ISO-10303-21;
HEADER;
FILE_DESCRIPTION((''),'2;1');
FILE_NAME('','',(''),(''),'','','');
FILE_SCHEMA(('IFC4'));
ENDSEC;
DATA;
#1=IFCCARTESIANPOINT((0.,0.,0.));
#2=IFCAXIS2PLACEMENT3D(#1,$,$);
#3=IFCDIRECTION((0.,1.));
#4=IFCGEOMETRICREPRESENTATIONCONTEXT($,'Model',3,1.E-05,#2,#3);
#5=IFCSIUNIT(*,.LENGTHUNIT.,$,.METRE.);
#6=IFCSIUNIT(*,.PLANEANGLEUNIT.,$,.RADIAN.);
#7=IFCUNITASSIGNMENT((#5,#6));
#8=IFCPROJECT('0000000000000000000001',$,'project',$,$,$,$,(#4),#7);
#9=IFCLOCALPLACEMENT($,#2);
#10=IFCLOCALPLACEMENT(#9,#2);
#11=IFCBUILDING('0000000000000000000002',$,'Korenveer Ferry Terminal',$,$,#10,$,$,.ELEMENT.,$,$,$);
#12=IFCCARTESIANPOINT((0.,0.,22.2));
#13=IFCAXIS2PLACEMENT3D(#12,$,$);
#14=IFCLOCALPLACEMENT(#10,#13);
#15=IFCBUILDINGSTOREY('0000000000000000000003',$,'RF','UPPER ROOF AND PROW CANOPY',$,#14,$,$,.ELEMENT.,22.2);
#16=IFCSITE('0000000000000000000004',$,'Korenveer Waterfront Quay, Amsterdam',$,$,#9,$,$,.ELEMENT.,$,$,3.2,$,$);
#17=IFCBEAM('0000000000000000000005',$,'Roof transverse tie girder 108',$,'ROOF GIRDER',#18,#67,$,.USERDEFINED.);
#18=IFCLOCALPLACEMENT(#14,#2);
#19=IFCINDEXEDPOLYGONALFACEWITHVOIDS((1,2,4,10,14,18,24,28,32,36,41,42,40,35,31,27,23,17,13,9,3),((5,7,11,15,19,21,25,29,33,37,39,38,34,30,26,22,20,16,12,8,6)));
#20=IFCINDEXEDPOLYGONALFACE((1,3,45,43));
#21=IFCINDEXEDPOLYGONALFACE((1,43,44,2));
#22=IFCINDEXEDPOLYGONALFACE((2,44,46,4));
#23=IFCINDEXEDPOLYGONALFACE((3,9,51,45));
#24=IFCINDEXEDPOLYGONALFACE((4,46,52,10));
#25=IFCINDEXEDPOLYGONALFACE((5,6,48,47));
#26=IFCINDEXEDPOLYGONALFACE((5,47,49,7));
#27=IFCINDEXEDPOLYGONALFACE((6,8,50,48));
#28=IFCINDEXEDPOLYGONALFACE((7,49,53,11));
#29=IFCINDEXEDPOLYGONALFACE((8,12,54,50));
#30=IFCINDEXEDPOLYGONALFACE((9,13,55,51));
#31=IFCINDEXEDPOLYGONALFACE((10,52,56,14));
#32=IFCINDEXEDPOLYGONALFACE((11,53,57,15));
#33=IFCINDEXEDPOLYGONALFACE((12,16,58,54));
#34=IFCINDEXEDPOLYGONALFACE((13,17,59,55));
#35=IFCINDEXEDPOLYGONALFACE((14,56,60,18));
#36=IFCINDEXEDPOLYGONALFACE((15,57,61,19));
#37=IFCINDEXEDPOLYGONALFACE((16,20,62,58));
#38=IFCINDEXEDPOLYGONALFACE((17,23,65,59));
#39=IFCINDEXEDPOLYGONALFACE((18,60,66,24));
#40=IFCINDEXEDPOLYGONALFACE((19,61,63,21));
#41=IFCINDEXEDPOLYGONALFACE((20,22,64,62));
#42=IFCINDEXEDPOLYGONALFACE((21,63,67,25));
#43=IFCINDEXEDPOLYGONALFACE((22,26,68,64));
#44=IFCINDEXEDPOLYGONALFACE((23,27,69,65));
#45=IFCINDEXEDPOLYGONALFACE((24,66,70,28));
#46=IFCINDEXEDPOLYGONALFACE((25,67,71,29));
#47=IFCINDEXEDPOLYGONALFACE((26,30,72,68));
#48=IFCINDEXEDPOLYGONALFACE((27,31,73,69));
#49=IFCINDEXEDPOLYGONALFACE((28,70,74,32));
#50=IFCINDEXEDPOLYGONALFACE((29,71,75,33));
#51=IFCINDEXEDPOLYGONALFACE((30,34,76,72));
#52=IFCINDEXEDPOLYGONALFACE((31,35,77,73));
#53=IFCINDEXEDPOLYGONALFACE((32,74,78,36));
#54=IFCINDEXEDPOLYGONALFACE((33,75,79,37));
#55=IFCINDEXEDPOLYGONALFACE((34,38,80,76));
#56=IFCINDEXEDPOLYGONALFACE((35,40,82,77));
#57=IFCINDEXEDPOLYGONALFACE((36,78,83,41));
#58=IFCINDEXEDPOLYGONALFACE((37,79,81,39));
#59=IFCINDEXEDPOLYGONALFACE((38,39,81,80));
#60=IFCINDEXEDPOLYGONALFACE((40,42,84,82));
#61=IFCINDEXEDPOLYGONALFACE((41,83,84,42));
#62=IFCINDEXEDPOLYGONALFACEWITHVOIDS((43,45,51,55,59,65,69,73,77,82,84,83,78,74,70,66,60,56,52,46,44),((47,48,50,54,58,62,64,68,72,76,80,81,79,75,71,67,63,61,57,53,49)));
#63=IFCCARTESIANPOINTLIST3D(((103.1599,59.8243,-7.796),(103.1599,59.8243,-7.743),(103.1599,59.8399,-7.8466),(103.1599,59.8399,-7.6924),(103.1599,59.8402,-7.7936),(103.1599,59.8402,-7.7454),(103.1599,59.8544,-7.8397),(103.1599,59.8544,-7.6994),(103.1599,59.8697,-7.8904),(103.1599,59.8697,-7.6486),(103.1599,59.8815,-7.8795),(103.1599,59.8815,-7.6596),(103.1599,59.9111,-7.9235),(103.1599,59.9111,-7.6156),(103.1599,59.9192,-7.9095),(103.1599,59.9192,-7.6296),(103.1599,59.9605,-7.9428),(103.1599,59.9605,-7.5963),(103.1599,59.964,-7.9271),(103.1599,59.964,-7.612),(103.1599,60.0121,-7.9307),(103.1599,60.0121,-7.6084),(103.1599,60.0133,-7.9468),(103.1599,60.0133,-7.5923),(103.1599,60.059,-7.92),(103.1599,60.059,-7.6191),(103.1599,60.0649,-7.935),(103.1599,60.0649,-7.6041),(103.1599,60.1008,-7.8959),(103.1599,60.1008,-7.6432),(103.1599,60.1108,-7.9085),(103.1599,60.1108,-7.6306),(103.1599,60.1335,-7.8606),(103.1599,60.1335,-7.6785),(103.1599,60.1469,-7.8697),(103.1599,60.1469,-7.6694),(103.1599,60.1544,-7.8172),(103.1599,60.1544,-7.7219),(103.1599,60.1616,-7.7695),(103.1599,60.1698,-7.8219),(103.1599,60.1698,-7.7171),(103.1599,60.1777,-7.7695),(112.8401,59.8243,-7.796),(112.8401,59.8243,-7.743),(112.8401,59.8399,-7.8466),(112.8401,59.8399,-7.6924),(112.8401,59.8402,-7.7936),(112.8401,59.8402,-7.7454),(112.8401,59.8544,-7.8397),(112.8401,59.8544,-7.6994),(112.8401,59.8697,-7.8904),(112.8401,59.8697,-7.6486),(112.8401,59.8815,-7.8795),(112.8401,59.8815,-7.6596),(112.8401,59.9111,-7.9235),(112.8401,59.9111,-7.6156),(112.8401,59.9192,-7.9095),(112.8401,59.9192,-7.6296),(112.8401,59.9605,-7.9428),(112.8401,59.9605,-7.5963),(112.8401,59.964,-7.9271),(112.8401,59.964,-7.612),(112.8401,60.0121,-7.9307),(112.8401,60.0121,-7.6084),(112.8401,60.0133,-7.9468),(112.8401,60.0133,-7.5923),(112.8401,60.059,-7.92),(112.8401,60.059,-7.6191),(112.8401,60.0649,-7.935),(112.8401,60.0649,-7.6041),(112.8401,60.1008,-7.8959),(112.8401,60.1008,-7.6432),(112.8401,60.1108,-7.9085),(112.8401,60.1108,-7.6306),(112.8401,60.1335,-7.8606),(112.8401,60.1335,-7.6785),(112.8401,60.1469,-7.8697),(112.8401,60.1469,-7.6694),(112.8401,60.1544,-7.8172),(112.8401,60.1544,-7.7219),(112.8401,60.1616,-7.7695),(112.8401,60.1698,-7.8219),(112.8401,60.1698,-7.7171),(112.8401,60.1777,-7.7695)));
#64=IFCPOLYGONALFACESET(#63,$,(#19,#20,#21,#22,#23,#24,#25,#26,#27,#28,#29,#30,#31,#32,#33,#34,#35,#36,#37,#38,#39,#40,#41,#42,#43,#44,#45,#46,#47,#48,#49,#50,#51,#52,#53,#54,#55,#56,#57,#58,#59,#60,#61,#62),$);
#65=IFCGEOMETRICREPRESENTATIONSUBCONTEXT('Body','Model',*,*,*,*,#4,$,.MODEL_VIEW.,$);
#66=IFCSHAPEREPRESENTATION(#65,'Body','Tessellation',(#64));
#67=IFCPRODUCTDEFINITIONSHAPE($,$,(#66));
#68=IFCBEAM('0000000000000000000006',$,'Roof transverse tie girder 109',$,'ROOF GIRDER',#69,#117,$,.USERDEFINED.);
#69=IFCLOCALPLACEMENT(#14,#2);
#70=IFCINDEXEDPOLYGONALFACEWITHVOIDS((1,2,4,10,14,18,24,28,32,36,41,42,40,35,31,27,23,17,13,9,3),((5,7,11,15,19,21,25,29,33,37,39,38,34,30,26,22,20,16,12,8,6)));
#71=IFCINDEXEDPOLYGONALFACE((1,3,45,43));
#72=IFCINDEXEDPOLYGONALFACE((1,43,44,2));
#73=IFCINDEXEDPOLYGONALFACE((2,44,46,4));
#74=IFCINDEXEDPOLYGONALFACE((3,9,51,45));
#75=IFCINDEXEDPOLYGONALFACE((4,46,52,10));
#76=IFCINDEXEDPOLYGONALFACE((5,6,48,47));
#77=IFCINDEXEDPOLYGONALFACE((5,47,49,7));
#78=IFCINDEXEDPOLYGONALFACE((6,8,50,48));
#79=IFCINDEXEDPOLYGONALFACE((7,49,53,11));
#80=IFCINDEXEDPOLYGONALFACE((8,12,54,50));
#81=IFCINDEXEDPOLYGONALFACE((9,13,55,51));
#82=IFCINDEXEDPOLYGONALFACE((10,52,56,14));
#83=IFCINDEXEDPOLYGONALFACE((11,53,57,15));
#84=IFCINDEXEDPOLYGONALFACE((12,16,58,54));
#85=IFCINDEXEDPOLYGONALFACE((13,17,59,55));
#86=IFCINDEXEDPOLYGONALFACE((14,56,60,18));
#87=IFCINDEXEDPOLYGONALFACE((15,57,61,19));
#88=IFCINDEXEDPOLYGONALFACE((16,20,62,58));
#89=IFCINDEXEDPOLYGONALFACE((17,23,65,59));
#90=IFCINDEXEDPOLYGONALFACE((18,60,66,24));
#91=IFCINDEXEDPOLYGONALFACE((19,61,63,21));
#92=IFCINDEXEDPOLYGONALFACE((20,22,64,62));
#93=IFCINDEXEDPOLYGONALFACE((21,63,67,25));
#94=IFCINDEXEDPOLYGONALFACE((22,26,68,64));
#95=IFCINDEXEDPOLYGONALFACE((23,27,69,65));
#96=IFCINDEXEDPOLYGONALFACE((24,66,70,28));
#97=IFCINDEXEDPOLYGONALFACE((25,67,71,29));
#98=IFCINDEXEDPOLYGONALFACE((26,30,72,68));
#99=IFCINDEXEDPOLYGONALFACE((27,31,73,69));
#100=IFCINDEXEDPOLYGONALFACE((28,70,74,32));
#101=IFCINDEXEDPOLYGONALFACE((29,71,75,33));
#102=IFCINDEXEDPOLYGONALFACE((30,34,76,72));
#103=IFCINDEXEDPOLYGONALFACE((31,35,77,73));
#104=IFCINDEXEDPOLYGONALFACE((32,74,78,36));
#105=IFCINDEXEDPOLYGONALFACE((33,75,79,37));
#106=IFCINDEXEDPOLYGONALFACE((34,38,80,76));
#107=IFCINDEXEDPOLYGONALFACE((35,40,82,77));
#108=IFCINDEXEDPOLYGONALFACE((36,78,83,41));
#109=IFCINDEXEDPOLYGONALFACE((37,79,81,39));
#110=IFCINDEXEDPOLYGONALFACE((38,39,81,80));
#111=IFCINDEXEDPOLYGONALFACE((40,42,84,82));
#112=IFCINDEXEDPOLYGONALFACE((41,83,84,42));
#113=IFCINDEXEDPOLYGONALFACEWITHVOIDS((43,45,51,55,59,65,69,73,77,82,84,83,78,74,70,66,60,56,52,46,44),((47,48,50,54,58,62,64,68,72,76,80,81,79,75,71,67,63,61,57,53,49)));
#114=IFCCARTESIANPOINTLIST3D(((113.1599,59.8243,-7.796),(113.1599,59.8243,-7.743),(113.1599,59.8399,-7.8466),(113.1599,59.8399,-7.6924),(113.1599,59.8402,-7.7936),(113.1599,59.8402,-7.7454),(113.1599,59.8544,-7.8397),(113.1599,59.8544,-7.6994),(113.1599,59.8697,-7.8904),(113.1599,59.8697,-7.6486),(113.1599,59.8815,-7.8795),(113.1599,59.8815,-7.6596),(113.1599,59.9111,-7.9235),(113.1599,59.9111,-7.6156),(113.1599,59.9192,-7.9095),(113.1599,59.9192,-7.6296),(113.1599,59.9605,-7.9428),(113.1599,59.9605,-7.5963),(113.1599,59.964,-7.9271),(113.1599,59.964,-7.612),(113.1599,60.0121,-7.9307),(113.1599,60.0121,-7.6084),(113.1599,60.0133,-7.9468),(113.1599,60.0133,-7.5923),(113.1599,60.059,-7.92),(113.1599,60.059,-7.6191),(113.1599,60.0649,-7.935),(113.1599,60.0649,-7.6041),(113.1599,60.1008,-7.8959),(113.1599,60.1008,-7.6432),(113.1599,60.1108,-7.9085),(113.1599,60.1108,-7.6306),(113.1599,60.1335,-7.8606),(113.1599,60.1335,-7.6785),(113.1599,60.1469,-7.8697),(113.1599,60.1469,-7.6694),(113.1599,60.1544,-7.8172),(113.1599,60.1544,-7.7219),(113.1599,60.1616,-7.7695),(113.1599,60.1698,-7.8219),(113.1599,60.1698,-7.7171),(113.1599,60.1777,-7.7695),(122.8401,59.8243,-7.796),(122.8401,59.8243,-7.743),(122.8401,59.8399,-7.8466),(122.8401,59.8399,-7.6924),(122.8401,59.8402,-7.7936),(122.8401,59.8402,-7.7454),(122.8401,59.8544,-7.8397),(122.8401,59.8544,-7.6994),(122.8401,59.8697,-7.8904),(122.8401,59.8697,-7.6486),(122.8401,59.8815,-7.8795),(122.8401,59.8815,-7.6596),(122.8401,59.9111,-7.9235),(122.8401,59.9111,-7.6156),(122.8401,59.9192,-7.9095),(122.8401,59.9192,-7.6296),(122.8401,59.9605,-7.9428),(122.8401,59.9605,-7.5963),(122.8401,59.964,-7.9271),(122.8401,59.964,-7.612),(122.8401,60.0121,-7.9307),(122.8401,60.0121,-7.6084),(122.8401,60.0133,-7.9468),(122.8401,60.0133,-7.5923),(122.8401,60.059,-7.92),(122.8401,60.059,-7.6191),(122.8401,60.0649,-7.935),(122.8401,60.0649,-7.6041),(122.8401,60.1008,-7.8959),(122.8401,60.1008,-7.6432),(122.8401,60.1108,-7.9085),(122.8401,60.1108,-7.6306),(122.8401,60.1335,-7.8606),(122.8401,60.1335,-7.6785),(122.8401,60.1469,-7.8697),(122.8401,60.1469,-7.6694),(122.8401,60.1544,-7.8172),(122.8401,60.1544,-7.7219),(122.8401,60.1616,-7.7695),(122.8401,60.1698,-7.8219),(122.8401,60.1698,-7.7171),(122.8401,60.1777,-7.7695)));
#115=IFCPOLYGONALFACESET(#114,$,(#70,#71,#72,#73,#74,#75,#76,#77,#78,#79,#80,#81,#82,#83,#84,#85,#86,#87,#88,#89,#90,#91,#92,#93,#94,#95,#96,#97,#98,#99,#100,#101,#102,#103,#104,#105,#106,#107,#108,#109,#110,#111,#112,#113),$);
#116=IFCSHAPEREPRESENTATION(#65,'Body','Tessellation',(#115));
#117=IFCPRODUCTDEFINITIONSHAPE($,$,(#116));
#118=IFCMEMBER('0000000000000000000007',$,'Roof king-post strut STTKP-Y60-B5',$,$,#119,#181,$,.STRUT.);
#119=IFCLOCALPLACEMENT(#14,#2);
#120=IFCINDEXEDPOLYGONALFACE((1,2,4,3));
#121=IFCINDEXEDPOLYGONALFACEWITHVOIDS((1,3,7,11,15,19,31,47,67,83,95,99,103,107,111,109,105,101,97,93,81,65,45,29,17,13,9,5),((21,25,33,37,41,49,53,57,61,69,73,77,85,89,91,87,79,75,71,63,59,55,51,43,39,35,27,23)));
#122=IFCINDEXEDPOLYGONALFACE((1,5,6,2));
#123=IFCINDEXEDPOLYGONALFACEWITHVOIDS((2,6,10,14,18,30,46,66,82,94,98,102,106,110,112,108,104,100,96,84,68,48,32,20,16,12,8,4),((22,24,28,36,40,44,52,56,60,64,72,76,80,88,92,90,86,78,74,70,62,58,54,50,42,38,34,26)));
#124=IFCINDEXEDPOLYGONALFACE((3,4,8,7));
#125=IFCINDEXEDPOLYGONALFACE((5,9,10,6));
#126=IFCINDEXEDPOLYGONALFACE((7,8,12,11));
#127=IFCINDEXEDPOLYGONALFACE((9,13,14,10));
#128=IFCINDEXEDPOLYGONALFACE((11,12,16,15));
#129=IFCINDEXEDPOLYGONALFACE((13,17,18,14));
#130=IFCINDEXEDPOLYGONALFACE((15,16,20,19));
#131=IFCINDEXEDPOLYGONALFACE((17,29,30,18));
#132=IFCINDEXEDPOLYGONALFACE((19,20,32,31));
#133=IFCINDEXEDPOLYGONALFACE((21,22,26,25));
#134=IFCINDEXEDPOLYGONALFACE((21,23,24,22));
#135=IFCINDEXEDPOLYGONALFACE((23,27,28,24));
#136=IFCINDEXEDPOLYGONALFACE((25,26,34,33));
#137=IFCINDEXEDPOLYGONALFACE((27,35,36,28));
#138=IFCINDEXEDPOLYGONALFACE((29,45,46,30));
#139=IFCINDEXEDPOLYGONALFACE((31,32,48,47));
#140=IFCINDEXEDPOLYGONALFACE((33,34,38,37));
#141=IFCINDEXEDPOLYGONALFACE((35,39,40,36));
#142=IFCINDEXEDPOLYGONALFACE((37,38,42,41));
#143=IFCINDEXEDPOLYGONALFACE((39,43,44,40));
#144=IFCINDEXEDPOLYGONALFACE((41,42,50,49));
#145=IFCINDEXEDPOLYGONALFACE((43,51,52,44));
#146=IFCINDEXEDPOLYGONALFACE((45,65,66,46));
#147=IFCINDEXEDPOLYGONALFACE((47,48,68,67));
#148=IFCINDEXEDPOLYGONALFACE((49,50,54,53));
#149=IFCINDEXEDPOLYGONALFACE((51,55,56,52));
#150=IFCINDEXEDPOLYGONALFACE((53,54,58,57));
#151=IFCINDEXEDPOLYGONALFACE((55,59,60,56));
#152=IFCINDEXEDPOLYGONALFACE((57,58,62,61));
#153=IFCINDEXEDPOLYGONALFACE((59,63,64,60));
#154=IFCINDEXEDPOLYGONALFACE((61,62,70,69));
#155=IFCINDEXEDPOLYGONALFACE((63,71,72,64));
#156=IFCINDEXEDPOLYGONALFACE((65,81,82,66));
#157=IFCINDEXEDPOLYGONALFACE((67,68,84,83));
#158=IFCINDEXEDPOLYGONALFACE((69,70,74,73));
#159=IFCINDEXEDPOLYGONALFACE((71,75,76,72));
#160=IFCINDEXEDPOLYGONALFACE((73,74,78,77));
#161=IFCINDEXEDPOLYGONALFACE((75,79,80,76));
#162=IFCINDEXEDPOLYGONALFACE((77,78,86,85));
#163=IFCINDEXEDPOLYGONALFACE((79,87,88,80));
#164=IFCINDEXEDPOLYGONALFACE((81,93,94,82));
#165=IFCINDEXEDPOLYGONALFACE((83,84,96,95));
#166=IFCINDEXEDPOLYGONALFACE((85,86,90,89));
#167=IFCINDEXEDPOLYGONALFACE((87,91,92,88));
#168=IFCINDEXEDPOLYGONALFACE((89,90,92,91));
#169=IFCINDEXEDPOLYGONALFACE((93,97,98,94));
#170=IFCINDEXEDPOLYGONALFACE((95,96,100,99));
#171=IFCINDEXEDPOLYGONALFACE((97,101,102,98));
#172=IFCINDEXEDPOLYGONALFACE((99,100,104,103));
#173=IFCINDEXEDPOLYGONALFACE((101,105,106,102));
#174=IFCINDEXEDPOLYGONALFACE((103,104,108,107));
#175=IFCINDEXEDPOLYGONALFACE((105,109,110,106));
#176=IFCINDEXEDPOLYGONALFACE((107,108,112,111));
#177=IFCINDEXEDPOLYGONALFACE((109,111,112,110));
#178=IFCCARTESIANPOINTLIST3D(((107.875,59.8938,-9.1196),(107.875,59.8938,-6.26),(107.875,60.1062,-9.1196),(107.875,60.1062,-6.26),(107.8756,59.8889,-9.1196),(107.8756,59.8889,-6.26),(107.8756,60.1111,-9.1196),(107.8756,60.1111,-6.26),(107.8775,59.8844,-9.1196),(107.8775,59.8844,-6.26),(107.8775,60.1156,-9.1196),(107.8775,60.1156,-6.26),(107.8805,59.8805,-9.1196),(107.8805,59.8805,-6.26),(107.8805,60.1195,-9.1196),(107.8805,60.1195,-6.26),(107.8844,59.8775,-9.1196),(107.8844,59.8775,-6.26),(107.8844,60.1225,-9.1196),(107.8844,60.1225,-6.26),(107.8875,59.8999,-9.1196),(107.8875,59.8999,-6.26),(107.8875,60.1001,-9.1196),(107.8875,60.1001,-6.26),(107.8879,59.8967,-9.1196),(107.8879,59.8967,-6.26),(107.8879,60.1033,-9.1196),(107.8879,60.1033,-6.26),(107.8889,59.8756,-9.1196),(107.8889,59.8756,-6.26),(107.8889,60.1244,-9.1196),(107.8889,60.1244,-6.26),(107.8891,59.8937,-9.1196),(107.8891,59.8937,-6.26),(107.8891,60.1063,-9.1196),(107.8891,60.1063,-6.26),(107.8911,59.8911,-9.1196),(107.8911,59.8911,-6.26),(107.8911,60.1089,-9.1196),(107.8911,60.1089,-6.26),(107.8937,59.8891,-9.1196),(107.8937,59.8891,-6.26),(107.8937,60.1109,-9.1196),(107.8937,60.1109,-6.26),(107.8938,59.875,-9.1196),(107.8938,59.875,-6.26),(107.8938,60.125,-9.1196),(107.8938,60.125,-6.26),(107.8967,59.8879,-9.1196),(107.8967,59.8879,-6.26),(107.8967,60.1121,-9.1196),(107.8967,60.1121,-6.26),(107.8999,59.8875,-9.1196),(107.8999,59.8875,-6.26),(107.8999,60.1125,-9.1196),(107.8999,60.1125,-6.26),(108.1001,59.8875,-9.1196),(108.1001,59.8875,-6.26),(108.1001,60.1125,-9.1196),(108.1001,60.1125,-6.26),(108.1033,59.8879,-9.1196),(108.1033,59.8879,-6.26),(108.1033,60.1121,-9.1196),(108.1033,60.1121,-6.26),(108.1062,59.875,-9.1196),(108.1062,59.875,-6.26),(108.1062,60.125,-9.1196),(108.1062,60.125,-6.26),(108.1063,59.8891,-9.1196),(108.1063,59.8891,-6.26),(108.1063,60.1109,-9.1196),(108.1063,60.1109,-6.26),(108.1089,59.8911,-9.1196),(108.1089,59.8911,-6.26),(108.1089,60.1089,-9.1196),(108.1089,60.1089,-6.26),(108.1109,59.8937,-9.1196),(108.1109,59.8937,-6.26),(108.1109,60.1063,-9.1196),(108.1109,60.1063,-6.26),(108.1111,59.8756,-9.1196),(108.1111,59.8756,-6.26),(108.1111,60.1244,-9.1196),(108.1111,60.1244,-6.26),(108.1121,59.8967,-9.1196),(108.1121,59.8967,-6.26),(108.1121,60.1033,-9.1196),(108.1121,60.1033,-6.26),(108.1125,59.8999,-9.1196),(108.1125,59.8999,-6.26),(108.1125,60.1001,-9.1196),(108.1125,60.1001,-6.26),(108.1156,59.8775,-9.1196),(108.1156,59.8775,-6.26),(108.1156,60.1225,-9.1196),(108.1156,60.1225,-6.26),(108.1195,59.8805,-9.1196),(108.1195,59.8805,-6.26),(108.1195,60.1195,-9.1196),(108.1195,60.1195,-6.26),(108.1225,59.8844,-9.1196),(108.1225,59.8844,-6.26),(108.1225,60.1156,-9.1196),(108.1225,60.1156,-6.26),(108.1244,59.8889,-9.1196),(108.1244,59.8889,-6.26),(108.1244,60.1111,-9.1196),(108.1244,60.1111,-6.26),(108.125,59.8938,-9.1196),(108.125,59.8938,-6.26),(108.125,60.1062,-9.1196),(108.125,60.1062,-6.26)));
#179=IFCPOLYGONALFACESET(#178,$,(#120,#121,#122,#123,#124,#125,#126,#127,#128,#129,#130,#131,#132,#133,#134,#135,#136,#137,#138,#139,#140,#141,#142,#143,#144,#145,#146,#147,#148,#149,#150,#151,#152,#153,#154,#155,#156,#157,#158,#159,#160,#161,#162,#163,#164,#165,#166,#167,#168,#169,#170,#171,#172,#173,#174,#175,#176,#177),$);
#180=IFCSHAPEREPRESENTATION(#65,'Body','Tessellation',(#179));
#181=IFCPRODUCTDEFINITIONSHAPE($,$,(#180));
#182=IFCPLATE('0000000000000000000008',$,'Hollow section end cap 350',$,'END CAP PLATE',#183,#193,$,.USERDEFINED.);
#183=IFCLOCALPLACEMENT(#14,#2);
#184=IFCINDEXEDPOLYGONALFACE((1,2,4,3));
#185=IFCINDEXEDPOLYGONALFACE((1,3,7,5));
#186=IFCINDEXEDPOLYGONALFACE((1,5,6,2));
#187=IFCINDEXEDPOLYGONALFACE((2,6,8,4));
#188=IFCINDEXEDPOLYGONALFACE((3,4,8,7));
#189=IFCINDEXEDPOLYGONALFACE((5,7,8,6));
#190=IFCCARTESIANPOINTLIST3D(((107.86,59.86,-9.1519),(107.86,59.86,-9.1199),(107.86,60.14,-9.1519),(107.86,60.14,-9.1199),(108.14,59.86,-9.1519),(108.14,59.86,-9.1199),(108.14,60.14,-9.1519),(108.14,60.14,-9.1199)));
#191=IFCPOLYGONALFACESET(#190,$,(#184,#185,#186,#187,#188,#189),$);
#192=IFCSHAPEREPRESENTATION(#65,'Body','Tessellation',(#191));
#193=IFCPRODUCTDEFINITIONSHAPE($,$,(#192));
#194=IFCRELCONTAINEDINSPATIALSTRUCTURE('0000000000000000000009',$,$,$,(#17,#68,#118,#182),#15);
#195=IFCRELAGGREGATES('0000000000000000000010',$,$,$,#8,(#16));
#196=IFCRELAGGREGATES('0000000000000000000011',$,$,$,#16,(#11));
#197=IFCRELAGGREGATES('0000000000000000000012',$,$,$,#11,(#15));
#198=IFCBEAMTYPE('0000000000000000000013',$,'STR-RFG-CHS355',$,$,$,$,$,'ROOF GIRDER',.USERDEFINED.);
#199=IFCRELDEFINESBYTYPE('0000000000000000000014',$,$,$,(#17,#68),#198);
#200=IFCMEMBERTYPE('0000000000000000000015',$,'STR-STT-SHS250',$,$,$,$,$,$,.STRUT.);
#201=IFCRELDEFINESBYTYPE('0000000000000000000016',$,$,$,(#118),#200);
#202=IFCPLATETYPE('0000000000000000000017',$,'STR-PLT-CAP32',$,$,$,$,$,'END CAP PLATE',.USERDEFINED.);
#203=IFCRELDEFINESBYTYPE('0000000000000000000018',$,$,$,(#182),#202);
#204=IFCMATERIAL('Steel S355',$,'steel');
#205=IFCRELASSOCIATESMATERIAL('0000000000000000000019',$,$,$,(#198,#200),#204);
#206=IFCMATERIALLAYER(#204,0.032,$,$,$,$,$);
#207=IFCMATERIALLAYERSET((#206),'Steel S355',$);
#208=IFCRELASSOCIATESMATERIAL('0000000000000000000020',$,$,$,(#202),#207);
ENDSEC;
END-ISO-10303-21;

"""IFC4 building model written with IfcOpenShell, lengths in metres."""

from ifc_helpers import new_model, si_unit, direction, frame, origin, origin_2d, place, context, subcontext, project, spatial, rectangle, hollow_rectangle, hollow_circle, extrude, material, layer, layer_set, material_profile, profile_set, type_object, element, save


model = new_model("IFC4")

# Units and contexts
model_context = context("Model", 3, precision=1e-05, world=origin(), true_north=direction((0.0, 1.0)))
body_context = subcontext(model_context, "Body", "Model", "MODEL_VIEW")
ifc_project = project(units=[si_unit("LENGTHUNIT", "METRE"), si_unit("PLANEANGLEUNIT", "RADIAN")], contexts=[model_context])

# Site, building, storey
site_placement = place(None, origin())
site = spatial("IfcSite", under=ifc_project, at=site_placement, Name="Korenveer Waterfront Quay, Amsterdam", CompositionType="ELEMENT", RefElevation=3.2)
building_placement = place(site_placement, origin())
building = spatial("IfcBuilding", under=site, at=building_placement, Name="Korenveer Ferry Terminal", CompositionType="ELEMENT")
storey_placement = place(building_placement, frame((0.0, 0.0, 22.2)))
storey = spatial("IfcBuildingStorey", under=building, at=storey_placement, Name="RF", Description="UPPER ROOF AND PROW CANOPY", CompositionType="ELEMENT", Elevation=22.2)

# Shared definitions
ifc_material_1 = material(Name="Steel S355", Category="steel")

# Beams
ifc_material_profile_1 = material_profile(ifc_material_1, hollow_circle(Radius=0.1777, WallThickness=0.0161, at=origin_2d()), Name="CHS 355.6x16")
ifc_profile_set_1 = profile_set([ifc_material_profile_1], Name="Steel S355")
beam_type = type_object("IfcBeamType", Name="STR-RFG-CHS355", ElementType="ROOF GIRDER", PredefinedType="USERDEFINED", material=ifc_profile_set_1)
for number, where, z_axis, x_axis, name in (
    (1, (103.1599, 60.0, -7.7695), (1.0, 0.0, 0.0), (0.0, 1.0, 0.0), "Roof transverse tie girder 108"),
    (2, (113.1599, 60.0, -7.7695), (1.0, 0.0, 0.0), (0.0, 1.0, 0.0), "Roof transverse tie girder 109"),
):
    element("IfcBeam", number, at=place(storey_placement, frame(where, z_axis=z_axis, x_axis=x_axis)), inside=storey, type_object=beam_type, Name=name, ObjectType="ROOF GIRDER", PredefinedType="USERDEFINED", context=body_context, shape_type="SweptSolid", body=[
        extrude(hollow_circle(Radius=0.1777, WallThickness=0.0161, at=origin_2d()), origin(), (0.0, 0.0, 1.0), 9.6802),
    ])

# Member
ifc_material_profile_2 = material_profile(ifc_material_1, hollow_rectangle(XDim=0.25, YDim=0.25, WallThickness=0.0125, InnerFilletRadius=0.0125, OuterFilletRadius=0.0188, at=origin_2d()), Name="SHS 250x250x12.5")
ifc_profile_set_2 = profile_set([ifc_material_profile_2], Name="Steel S355")
member_type_1 = type_object("IfcMemberType", Name="STR-STT-SHS250", PredefinedType="STRUT", material=ifc_profile_set_2)
member_1_placement = place(storey_placement, frame((108.0, 60.0, -9.1196), z_axis=(0.0, 0.0, 1.0), x_axis=(1.0, 0.0, 0.0)))
element("IfcMember", 3, at=member_1_placement, inside=storey, type_object=member_type_1, Name="Roof king-post strut STTKP-Y60-B5", PredefinedType="STRUT", context=body_context, shape_type="SweptSolid", body=[
    extrude(hollow_rectangle(XDim=0.25, YDim=0.25, WallThickness=0.0125, InnerFilletRadius=0.0125, OuterFilletRadius=0.0188, at=origin_2d()), origin(), (0.0, 0.0, 1.0), 2.8596),
])

# Plate
ifc_layer_1 = layer(ifc_material_1, 0.032)
ifc_layer_set_1 = layer_set([ifc_layer_1], Name="Steel S355")
plate_type_1 = type_object("IfcPlateType", Name="STR-PLT-CAP32", ElementType="END CAP PLATE", PredefinedType="USERDEFINED", material=ifc_layer_set_1)
for number, where, z_axis, x_axis, name in (
    (4, (108.0, 60.0, -9.1519), (0.0, 0.0, 1.0), (1.0, 0.0, 0.0), "Hollow section end cap 350"),
):
    element("IfcPlate", number, at=place(storey_placement, frame(where, z_axis=z_axis, x_axis=x_axis)), inside=storey, type_object=plate_type_1, Name=name, ObjectType="END CAP PLATE", PredefinedType="USERDEFINED", context=body_context, shape_type="SweptSolid", body=[
        extrude(rectangle(XDim=0.28, YDim=0.28, at=origin_2d()), origin(), (0.0, 0.0, 1.0), 0.032),
    ])

save(model, "model.ifc")
